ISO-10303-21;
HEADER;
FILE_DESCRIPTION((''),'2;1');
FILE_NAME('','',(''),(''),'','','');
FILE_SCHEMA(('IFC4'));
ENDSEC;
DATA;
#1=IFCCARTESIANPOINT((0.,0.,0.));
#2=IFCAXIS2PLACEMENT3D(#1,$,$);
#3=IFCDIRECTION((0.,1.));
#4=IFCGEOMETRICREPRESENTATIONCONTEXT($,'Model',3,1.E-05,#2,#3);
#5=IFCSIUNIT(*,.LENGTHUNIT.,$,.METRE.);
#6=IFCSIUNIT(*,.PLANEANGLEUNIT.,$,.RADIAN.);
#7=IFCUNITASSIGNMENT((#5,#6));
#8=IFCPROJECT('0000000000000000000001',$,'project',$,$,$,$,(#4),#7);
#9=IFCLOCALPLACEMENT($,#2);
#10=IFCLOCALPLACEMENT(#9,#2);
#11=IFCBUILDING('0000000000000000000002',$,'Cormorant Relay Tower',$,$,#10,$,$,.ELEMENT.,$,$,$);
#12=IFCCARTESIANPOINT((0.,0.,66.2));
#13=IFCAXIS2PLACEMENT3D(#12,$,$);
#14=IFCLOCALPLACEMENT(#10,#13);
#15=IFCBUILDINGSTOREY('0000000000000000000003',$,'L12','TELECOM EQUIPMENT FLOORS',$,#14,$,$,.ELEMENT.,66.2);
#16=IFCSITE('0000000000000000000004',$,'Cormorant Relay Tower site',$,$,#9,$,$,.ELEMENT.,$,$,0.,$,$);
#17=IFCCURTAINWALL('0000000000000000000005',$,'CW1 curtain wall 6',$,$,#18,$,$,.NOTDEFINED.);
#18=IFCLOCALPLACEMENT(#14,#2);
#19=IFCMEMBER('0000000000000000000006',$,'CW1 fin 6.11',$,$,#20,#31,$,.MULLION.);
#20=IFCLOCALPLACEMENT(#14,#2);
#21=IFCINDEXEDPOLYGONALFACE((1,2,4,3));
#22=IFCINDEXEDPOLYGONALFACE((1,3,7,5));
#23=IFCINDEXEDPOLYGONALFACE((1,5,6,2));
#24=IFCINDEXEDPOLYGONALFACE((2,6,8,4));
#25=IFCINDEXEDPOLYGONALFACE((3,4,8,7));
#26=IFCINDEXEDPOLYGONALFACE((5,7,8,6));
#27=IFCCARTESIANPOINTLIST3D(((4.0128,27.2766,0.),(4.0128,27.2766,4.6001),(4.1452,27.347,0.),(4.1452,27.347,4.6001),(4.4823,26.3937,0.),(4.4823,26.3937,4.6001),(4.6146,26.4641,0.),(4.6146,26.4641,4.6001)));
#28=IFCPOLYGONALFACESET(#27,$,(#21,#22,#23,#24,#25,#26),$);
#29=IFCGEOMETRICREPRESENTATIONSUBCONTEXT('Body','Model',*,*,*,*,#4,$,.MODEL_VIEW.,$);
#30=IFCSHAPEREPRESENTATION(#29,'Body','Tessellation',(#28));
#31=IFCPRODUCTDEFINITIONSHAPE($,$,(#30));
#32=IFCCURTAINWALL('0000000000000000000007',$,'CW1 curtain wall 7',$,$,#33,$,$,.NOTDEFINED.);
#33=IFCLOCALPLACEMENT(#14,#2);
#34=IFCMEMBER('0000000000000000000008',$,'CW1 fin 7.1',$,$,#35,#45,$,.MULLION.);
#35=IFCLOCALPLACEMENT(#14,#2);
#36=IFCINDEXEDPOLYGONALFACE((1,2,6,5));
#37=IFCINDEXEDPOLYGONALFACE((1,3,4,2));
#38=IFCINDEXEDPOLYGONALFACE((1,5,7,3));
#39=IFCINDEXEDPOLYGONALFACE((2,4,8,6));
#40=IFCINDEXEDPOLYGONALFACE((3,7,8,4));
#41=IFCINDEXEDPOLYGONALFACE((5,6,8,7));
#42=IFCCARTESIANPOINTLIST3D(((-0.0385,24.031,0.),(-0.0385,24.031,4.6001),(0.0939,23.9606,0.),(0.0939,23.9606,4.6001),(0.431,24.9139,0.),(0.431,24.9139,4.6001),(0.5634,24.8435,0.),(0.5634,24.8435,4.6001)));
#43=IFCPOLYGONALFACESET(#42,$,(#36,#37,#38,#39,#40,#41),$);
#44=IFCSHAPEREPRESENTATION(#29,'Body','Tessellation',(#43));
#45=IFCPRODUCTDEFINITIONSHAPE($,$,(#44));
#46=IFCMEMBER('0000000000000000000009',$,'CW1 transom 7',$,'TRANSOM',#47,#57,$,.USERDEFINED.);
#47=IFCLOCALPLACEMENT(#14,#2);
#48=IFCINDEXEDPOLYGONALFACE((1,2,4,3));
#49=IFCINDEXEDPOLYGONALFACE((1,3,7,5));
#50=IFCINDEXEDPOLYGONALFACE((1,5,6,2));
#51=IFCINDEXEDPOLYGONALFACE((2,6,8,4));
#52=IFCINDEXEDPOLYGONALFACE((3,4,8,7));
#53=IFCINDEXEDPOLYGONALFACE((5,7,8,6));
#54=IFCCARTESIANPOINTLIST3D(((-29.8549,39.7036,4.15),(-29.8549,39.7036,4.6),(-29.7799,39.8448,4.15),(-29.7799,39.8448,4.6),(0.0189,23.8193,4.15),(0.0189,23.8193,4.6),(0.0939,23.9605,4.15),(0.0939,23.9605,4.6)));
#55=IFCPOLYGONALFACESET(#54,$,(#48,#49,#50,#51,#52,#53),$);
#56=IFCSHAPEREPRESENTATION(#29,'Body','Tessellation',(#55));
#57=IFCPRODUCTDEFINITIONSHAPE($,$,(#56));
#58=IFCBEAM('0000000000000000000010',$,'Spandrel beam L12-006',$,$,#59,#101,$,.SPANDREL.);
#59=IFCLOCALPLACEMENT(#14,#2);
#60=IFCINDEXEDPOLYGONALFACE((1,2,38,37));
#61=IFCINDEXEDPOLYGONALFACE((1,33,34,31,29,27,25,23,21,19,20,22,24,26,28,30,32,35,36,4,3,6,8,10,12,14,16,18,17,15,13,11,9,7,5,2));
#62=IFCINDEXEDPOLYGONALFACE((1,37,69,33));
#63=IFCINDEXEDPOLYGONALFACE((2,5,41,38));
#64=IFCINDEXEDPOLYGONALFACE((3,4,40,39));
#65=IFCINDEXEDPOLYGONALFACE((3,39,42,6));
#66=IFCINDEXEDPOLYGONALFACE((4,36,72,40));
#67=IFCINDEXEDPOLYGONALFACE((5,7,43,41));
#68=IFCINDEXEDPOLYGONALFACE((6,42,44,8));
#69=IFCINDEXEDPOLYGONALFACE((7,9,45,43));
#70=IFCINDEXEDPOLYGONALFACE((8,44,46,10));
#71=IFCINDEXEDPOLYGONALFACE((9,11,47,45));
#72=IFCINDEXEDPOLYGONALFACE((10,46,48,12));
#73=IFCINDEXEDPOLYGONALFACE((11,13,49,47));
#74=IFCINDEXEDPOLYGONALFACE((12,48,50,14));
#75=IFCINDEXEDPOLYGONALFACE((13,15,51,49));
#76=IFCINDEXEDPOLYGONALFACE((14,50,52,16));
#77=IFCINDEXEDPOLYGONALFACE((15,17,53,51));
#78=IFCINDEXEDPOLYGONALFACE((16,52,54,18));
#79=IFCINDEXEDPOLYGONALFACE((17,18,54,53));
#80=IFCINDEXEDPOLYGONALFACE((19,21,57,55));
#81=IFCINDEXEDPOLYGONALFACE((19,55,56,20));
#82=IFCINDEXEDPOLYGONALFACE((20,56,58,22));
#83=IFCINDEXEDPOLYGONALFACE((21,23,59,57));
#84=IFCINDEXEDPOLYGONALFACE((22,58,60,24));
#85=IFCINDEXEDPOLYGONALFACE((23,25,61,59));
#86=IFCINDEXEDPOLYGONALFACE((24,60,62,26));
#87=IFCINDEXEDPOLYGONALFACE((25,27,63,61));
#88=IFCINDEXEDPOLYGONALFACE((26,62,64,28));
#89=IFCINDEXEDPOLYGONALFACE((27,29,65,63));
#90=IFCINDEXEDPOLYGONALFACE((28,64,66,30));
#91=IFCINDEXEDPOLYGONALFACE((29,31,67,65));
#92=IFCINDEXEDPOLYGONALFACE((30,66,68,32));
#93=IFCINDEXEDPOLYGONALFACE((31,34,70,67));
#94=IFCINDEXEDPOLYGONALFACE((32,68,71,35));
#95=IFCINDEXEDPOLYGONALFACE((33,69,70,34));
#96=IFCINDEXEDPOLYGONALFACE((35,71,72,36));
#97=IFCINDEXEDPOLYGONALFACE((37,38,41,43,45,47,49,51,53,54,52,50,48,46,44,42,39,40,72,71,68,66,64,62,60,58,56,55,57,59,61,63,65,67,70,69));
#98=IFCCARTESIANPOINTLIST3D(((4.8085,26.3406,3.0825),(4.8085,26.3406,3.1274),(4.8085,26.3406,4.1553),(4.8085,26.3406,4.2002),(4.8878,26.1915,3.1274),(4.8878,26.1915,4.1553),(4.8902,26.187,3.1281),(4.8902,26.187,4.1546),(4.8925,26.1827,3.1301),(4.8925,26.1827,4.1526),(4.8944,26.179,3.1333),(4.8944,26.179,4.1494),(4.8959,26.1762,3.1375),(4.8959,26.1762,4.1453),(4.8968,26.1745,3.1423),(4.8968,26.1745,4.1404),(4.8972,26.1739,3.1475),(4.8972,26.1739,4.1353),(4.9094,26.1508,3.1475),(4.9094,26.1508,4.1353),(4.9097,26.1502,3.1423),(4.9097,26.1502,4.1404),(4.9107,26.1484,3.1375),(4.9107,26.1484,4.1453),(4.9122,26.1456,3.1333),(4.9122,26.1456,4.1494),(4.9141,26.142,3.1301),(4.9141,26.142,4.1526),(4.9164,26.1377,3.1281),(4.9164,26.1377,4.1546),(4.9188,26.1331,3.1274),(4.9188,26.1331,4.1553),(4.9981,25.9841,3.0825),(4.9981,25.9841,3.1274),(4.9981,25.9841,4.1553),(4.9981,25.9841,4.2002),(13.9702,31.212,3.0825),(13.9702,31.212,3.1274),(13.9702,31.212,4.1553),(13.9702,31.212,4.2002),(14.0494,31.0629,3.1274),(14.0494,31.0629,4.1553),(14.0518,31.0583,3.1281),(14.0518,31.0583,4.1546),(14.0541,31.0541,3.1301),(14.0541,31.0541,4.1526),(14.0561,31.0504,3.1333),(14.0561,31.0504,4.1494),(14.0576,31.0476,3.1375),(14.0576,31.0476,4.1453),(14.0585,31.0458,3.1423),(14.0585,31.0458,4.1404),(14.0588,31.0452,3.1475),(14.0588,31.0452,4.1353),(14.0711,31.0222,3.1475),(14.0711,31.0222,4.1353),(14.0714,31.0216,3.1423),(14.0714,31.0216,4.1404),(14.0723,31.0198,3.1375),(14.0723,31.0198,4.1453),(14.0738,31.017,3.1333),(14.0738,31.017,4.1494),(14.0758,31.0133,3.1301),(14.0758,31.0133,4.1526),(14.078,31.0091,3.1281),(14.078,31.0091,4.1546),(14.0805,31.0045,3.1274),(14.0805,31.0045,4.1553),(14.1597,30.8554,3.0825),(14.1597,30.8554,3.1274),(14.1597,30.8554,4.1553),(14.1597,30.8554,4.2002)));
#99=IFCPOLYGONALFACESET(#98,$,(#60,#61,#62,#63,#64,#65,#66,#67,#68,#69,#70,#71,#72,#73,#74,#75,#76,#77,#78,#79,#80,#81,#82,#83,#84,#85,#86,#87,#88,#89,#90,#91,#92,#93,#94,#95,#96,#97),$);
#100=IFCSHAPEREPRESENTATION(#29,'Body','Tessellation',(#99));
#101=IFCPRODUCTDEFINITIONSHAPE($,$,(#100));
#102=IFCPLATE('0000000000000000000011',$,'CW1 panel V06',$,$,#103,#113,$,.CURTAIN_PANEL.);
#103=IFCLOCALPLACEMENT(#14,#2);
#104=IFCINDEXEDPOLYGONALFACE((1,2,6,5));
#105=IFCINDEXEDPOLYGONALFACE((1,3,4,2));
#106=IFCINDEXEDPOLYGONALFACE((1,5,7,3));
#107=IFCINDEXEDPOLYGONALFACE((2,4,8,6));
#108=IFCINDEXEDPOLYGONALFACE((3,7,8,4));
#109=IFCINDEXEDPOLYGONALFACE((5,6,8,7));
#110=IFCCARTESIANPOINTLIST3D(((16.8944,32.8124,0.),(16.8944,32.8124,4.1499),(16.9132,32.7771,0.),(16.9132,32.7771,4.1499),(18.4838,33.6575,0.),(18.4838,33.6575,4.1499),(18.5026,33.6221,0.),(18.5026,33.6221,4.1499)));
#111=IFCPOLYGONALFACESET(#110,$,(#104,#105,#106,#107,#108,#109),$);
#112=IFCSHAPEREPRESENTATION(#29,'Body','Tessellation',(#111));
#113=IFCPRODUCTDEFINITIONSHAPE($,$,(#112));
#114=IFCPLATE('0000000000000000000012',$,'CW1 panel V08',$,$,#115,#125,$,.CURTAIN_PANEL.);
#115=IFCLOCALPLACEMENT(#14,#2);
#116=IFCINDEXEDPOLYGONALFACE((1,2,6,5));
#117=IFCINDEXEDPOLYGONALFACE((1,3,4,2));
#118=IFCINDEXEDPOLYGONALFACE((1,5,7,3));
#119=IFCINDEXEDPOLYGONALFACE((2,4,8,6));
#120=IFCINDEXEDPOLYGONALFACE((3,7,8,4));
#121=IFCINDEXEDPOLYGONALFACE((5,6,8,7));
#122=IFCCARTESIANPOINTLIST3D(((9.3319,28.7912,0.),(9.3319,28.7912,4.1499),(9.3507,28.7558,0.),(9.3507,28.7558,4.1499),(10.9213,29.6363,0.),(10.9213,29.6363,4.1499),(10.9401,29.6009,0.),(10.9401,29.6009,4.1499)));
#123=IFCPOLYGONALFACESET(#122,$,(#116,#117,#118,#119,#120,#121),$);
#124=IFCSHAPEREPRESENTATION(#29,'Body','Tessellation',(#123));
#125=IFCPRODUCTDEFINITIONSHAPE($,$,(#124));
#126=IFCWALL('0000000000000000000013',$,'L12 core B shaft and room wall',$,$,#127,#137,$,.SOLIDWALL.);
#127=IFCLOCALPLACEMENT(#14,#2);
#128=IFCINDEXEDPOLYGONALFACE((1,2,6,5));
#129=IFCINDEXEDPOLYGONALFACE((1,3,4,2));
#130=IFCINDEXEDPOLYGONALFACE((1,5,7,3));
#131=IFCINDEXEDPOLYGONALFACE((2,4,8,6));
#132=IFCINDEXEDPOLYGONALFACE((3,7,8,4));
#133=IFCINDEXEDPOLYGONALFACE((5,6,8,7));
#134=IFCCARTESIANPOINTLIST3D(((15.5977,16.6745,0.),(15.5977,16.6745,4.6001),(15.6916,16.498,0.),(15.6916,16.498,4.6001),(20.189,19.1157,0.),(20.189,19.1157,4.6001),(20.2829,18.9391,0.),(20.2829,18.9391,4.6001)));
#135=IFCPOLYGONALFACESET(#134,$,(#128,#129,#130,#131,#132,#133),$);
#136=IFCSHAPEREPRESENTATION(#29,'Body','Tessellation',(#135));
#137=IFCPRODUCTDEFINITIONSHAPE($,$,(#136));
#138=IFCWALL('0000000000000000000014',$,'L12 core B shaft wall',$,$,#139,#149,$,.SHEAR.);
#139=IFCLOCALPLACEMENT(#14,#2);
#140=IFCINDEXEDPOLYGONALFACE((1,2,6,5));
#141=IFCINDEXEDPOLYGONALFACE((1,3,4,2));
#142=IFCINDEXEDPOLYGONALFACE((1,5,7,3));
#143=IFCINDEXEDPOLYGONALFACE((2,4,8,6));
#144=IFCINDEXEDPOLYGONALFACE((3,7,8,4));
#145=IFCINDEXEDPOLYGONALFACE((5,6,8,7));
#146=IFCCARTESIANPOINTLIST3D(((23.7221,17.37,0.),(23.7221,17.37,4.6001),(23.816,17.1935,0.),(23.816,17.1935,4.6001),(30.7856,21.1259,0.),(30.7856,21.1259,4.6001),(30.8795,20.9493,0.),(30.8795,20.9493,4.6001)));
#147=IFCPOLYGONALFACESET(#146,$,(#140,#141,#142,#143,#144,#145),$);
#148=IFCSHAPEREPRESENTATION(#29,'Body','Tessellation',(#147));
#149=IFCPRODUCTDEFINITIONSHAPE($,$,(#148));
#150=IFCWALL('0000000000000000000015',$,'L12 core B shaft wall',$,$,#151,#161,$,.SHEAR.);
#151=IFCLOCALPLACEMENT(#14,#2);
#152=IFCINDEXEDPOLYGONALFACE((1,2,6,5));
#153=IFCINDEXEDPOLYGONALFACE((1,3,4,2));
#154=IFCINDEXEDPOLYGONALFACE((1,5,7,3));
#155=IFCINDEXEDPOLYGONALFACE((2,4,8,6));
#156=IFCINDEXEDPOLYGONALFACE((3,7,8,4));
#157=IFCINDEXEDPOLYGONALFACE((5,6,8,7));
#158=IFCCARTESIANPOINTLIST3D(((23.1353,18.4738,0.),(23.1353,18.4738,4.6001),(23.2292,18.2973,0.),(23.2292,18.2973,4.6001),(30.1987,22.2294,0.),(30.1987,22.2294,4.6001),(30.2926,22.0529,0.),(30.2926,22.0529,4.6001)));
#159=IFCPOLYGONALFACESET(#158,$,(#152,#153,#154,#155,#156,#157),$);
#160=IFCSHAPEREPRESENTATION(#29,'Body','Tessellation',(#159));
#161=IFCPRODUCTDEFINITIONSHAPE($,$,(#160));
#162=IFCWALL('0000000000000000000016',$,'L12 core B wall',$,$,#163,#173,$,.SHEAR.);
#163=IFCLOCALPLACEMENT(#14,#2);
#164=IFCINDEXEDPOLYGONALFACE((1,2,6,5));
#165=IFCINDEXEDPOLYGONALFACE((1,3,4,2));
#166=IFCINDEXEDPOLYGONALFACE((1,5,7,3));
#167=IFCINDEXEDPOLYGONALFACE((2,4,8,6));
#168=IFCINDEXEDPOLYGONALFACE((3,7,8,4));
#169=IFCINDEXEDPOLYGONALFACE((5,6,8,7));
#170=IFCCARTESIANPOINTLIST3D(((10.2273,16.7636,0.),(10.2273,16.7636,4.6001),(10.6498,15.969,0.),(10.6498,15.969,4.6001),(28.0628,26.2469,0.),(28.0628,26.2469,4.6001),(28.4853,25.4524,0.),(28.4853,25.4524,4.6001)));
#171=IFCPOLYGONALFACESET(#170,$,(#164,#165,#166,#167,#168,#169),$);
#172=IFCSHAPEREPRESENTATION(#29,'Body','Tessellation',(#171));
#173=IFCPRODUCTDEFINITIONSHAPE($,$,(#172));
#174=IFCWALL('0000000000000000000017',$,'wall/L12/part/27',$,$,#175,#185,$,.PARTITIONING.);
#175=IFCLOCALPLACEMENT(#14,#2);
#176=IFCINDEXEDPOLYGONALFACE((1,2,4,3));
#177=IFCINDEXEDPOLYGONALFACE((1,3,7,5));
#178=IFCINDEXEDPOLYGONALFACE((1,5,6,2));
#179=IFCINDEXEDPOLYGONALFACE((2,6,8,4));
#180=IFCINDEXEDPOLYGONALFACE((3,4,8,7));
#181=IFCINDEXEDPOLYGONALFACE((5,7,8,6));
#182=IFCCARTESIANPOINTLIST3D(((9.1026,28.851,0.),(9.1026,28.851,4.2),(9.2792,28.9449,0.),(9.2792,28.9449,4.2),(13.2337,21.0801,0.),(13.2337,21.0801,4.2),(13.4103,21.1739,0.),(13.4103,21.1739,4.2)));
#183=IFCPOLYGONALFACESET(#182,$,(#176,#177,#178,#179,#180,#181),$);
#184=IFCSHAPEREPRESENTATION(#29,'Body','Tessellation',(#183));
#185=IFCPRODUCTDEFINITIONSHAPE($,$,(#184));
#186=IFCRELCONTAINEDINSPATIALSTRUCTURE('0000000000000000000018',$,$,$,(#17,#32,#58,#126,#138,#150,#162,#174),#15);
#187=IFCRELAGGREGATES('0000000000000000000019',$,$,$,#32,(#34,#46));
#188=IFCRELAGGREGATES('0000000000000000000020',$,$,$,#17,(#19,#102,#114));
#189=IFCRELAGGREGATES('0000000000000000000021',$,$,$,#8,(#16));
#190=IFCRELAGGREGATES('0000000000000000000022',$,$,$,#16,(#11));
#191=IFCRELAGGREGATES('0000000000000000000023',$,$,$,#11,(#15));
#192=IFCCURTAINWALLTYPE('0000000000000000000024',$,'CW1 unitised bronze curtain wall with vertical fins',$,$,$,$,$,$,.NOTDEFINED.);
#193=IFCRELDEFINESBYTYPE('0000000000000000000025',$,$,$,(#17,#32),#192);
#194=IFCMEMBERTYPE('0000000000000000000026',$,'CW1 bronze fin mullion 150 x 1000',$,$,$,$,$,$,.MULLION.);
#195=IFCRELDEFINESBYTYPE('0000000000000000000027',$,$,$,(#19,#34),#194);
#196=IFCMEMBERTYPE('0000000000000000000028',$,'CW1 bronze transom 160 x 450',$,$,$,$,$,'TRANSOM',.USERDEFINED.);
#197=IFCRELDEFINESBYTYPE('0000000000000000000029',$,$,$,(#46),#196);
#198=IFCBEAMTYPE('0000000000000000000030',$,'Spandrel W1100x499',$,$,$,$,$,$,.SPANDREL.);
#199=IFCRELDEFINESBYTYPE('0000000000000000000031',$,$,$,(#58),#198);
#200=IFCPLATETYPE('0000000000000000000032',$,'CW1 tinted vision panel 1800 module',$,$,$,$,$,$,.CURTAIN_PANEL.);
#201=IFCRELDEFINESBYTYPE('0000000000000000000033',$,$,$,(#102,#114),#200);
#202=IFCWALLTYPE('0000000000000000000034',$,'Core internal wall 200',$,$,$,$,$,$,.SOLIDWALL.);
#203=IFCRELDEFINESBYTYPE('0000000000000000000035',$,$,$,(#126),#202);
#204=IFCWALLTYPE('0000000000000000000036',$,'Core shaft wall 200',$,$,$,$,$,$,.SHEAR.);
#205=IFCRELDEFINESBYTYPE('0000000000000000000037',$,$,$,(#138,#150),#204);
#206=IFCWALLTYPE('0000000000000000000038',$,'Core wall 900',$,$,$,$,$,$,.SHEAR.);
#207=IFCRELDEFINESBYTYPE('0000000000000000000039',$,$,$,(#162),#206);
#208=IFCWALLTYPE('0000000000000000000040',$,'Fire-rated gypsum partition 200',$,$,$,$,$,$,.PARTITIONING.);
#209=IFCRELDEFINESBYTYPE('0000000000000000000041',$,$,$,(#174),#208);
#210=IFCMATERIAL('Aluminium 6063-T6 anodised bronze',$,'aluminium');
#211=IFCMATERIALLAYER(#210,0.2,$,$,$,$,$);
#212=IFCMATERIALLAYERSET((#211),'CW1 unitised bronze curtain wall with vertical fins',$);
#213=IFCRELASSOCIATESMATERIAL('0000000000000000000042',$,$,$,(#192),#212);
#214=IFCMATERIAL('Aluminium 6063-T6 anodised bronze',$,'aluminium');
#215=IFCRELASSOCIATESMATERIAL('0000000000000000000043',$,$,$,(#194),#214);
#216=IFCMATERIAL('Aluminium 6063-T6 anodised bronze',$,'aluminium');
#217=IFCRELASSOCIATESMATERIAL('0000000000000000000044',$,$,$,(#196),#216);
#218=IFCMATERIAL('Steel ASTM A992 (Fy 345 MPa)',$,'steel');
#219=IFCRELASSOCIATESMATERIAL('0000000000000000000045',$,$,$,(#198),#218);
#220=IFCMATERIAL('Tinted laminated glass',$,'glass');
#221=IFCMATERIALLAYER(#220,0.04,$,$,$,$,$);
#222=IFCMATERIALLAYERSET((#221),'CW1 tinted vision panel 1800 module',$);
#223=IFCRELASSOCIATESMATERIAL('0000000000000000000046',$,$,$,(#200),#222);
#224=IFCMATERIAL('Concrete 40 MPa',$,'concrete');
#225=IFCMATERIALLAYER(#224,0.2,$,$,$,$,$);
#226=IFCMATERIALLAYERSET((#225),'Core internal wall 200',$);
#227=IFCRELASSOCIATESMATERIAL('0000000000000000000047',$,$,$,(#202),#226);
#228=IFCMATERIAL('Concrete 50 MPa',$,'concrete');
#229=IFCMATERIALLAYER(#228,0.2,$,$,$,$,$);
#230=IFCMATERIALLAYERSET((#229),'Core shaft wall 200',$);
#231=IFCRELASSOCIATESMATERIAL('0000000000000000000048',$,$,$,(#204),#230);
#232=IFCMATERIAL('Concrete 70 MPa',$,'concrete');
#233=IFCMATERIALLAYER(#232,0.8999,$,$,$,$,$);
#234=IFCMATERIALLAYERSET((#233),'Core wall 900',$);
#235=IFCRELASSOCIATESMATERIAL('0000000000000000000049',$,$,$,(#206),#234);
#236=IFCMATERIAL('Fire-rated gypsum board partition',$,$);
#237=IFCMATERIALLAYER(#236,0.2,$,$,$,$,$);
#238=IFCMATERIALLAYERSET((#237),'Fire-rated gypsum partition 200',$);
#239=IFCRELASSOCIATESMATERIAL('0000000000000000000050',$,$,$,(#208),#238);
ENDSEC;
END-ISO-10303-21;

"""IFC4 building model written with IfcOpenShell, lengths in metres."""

from ifc_helpers import new_model, si_unit, direction, frame, frame_2d, origin, origin_2d, place, context, subcontext, project, spatial, rectangle, i_section, extrude, material, layer, layer_set, material_profile, profile_set, type_object, element, aggregate, save


model = new_model("IFC4")

# Units and contexts
model_context = context("Model", 3, precision=1e-05, world=origin(), true_north=direction((0.0, 1.0)))
body_context = subcontext(model_context, "Body", "Model", "MODEL_VIEW")
ifc_project = project(units=[si_unit("LENGTHUNIT", "METRE"), si_unit("PLANEANGLEUNIT", "RADIAN")], contexts=[model_context])

# Site, building, storey
site_placement = place(None, origin())
site = spatial("IfcSite", under=ifc_project, at=site_placement, Name="Cormorant Relay Tower site", CompositionType="ELEMENT", RefElevation=0.0)
building_placement = place(site_placement, origin())
building = spatial("IfcBuilding", under=site, at=building_placement, Name="Cormorant Relay Tower", CompositionType="ELEMENT")
storey_placement = place(building_placement, frame((0.0, 0.0, 66.2)))
storey = spatial("IfcBuildingStorey", under=building, at=storey_placement, Name="L12", Description="TELECOM EQUIPMENT FLOORS", CompositionType="ELEMENT", Elevation=66.2)

# Curtain walls, members
ifc_material_1 = material(Name="Aluminium 6063-T6 anodised bronze", Category="aluminium")
ifc_layer_1 = layer(ifc_material_1, 0.2)
ifc_layer_set_1 = layer_set([ifc_layer_1], Name="CW1 unitised bronze curtain wall with vertical fins")
curtain_wall_type = type_object("IfcCurtainWallType", Name="CW1 unitised bronze curtain wall with vertical fins", PredefinedType="NOTDEFINED", material=ifc_layer_set_1)
curtain_wall_1_placement = place(storey_placement, origin())
curtain_wall_1 = element("IfcCurtainWall", 1, at=curtain_wall_1_placement, inside=storey, type_object=curtain_wall_type, Name="CW1 curtain wall 6", PredefinedType="NOTDEFINED")
ifc_material_2 = material(Name="Aluminium 6063-T6 anodised bronze", Category="aluminium")
ifc_material_profile_1 = material_profile(ifc_material_2, rectangle(XDim=0.1499, YDim=1.0, at=origin_2d()), Name="AL 150x1000")
ifc_profile_set_1 = profile_set([ifc_material_profile_1], Name="Aluminium 6063-T6 anodised bronze")
member_type_1 = type_object("IfcMemberType", Name="CW1 bronze fin mullion 150 x 1000", PredefinedType="MULLION", material=ifc_profile_set_1)
member_1_placement = place(storey_placement, frame((4.3137, 26.8704, 0.0), z_axis=(0.0, 0.0, 1.0), x_axis=(-0.882948, -0.469472, 0.0)))
member_1 = element("IfcMember", 2, at=member_1_placement, type_object=member_type_1, Name="CW1 fin 6.11", PredefinedType="MULLION", context=body_context, shape_type="SweptSolid", body=[
    extrude(rectangle(XDim=0.1499, YDim=1.0, at=origin_2d()), origin(), (0.0, 0.0, 1.0), 4.6001),
])
curtain_wall_2_placement = place(storey_placement, origin())
curtain_wall_2 = element("IfcCurtainWall", 3, at=curtain_wall_2_placement, inside=storey, type_object=curtain_wall_type, Name="CW1 curtain wall 7", PredefinedType="NOTDEFINED")
member_2_placement = place(storey_placement, frame((0.2625, 24.4373, 0.0), z_axis=(0.0, 0.0, 1.0), x_axis=(-0.882948, 0.469472, 0.0)))
member_2 = element("IfcMember", 4, at=member_2_placement, type_object=member_type_1, Name="CW1 fin 7.1", PredefinedType="MULLION", context=body_context, shape_type="SweptSolid", body=[
    extrude(rectangle(XDim=0.1499, YDim=1.0, at=origin_2d()), origin(), (0.0, 0.0, 1.0), 4.6001),
])
ifc_material_3 = material(Name="Aluminium 6063-T6 anodised bronze", Category="aluminium")
ifc_material_profile_2 = material_profile(ifc_material_3, rectangle(XDim=0.1599, YDim=0.45, at=origin_2d()), Name="AL 160x450")
ifc_profile_set_2 = profile_set([ifc_material_profile_2], Name="Aluminium 6063-T6 anodised bronze")
member_type_2 = type_object("IfcMemberType", Name="CW1 bronze transom 160 x 450", ElementType="TRANSOM", PredefinedType="USERDEFINED", material=ifc_profile_set_2)
member_3_placement = place(storey_placement, frame((0.0564, 23.8899, 4.375), z_axis=(-0.882946, 0.469474, 0.0), x_axis=(-0.469474, -0.882946, 0.0)))
member_3 = element("IfcMember", 5, at=member_3_placement, type_object=member_type_2, Name="CW1 transom 7", ObjectType="TRANSOM", PredefinedType="USERDEFINED", context=body_context, shape_type="SweptSolid", body=[
    extrude(rectangle(XDim=0.1599, YDim=0.45, at=origin_2d()), origin(), (0.0, 0.0, 1.0), 33.8342),
])
aggregate(curtain_wall_2, [member_2, member_3])

# Beam
ifc_material_4 = material(Name="Steel ASTM A992 (Fy 345 MPa)", Category="steel")
ifc_material_profile_3 = material_profile(ifc_material_4, i_section(OverallWidth=0.4038, OverallDepth=1.1177, WebThickness=0.0261, FlangeThickness=0.0449, FilletRadius=0.02, at=origin_2d()), Name="W1100x499")
ifc_profile_set_3 = profile_set([ifc_material_profile_3], Name="Steel ASTM A992 (Fy 345 MPa)")
beam_type = type_object("IfcBeamType", Name="Spandrel W1100x499", PredefinedType="SPANDREL", material=ifc_profile_set_3)
beam_placement = place(storey_placement, frame((14.0649, 31.0337, 3.6414), z_axis=(-0.882947, -0.469473, 0.0), x_axis=(0.469473, -0.882947, 0.0)))
element("IfcBeam", 6, at=beam_placement, inside=storey, type_object=beam_type, Name="Spandrel beam L12-006", PredefinedType="SPANDREL", context=body_context, shape_type="SweptSolid", body=[
    extrude(i_section(OverallWidth=0.4038, OverallDepth=1.1177, WebThickness=0.0261, FlangeThickness=0.0449, FilletRadius=0.02, at=origin_2d()), origin(), (0.0, 0.0, 1.0), 10.3762),
])

# Plates
ifc_material_5 = material(Name="Tinted laminated glass", Category="glass")
ifc_layer_2 = layer(ifc_material_5, 0.04)
ifc_layer_set_2 = layer_set([ifc_layer_2], Name="CW1 tinted vision panel 1800 module")
plate_type = type_object("IfcPlateType", Name="CW1 tinted vision panel 1800 module", PredefinedType="CURTAIN_PANEL", material=ifc_layer_set_2)
plate_1_placement = place(storey_placement, frame((17.6985, 33.2173, 0.0), z_axis=(0.0, 0.0, 1.0), x_axis=(-0.882948, -0.469472, 0.0)))
plate_1 = element("IfcPlate", 7, at=plate_1_placement, type_object=plate_type, Name="CW1 panel V06", PredefinedType="CURTAIN_PANEL", context=body_context, shape_type="SweptSolid", body=[
    extrude(rectangle(XDim=1.8, YDim=0.04, at=origin_2d()), origin(), (0.0, 0.0, 1.0), 4.1499),
])
plate_2_placement = place(storey_placement, frame((10.136, 29.196, 0.0), z_axis=(0.0, 0.0, 1.0), x_axis=(-0.882948, -0.469472, 0.0)))
plate_2 = element("IfcPlate", 8, at=plate_2_placement, type_object=plate_type, Name="CW1 panel V08", PredefinedType="CURTAIN_PANEL", context=body_context, shape_type="SweptSolid", body=[
    extrude(rectangle(XDim=1.8, YDim=0.04, at=origin_2d()), origin(), (0.0, 0.0, 1.0), 4.1499),
])

# Walls
ifc_material_6 = material(Name="Concrete 40 MPa", Category="concrete")
ifc_layer_3 = layer(ifc_material_6, 0.2)
ifc_layer_set_3 = layer_set([ifc_layer_3], Name="Core internal wall 200")
wall_type_1 = type_object("IfcWallType", Name="Core internal wall 200", PredefinedType="SOLIDWALL", material=ifc_layer_set_3)
wall_1_placement = place(storey_placement, frame((15.6445, 16.5862, 0.0), z_axis=(0.0, 0.0, 1.0), x_axis=(0.882954, 0.46946, 0.0)))
element("IfcWall", 9, at=wall_1_placement, inside=storey, type_object=wall_type_1, Name="L12 core B shaft and room wall", PredefinedType="SOLIDWALL", context=body_context, shape_type="SweptSolid", body=[
    extrude(rectangle(XDim=5.2, YDim=0.2, at=frame_2d((2.6001, 0.0))), origin(), (0.0, 0.0, 1.0), 4.6001),
])
ifc_material_7 = material(Name="Concrete 50 MPa", Category="concrete")
ifc_layer_4 = layer(ifc_material_7, 0.2)
ifc_layer_set_4 = layer_set([ifc_layer_4], Name="Core shaft wall 200")
wall_type_2 = type_object("IfcWallType", Name="Core shaft wall 200", PredefinedType="SHEAR", material=ifc_layer_set_4)
wall_2_placement = place(storey_placement, frame((23.769, 17.2817, 0.0), z_axis=(0.0, 0.0, 1.0), x_axis=(0.88294, 0.469485, 0.0)))
element("IfcWall", 10, at=wall_2_placement, inside=storey, type_object=wall_type_2, Name="L12 core B shaft wall", PredefinedType="SHEAR", context=body_context, shape_type="SweptSolid", body=[
    extrude(rectangle(XDim=8.0, YDim=0.2, at=frame_2d((4.0, 0.0))), origin(), (0.0, 0.0, 1.0), 4.6001),
])
wall_3_placement = place(storey_placement, frame((23.1821, 18.3855, 0.0), z_axis=(0.0, 0.0, 1.0), x_axis=(0.882953, 0.469462, 0.0)))
element("IfcWall", 11, at=wall_3_placement, inside=storey, type_object=wall_type_2, Name="L12 core B shaft wall", PredefinedType="SHEAR", context=body_context, shape_type="SweptSolid", body=[
    extrude(rectangle(XDim=7.9998, YDim=0.2, at=frame_2d((4.0, 0.0))), origin(), (0.0, 0.0, 1.0), 4.6001),
])
ifc_material_8 = material(Name="Concrete 70 MPa", Category="concrete")
ifc_layer_5 = layer(ifc_material_8, 0.8999)
ifc_layer_set_5 = layer_set([ifc_layer_5], Name="Core wall 900")
wall_type_3 = type_object("IfcWallType", Name="Core wall 900", PredefinedType="SHEAR", material=ifc_layer_set_5)
wall_4_placement = place(storey_placement, frame((10.4385, 16.3662, 0.0), z_axis=(0.0, 0.0, 1.0), x_axis=(0.882945, 0.469476, 0.0)))
element("IfcWall", 12, at=wall_4_placement, inside=storey, type_object=wall_type_3, Name="L12 core B wall", PredefinedType="SHEAR", context=body_context, shape_type="SweptSolid", body=[
    extrude(rectangle(XDim=20.2, YDim=0.8999, at=frame_2d((10.1001, 0.0))), origin(), (0.0, 0.0, 1.0), 4.6001),
])
ifc_material_9 = material(Name="Fire-rated gypsum board partition")
ifc_layer_6 = layer(ifc_material_9, 0.2)
ifc_layer_set_6 = layer_set([ifc_layer_6], Name="Fire-rated gypsum partition 200")
wall_type_4 = type_object("IfcWallType", Name="Fire-rated gypsum partition 200", PredefinedType="PARTITIONING", material=ifc_layer_set_6)
wall_5_placement = place(storey_placement, frame((9.1909, 28.8979, 0.0), z_axis=(0.0, 0.0, 1.0), x_axis=(0.4694, -0.882986, 0.0)))
element("IfcWall", 13, at=wall_5_placement, inside=storey, type_object=wall_type_4, Name="wall/L12/part/27", PredefinedType="PARTITIONING", context=body_context, shape_type="SweptSolid", body=[
    extrude(rectangle(XDim=8.8008, YDim=0.2, at=frame_2d((4.4004, 0.0))), origin(), (0.0, 0.0, 1.0), 4.2),
])

aggregate(curtain_wall_1, [member_1, plate_1, plate_2])

save(model, "model.ifc")
